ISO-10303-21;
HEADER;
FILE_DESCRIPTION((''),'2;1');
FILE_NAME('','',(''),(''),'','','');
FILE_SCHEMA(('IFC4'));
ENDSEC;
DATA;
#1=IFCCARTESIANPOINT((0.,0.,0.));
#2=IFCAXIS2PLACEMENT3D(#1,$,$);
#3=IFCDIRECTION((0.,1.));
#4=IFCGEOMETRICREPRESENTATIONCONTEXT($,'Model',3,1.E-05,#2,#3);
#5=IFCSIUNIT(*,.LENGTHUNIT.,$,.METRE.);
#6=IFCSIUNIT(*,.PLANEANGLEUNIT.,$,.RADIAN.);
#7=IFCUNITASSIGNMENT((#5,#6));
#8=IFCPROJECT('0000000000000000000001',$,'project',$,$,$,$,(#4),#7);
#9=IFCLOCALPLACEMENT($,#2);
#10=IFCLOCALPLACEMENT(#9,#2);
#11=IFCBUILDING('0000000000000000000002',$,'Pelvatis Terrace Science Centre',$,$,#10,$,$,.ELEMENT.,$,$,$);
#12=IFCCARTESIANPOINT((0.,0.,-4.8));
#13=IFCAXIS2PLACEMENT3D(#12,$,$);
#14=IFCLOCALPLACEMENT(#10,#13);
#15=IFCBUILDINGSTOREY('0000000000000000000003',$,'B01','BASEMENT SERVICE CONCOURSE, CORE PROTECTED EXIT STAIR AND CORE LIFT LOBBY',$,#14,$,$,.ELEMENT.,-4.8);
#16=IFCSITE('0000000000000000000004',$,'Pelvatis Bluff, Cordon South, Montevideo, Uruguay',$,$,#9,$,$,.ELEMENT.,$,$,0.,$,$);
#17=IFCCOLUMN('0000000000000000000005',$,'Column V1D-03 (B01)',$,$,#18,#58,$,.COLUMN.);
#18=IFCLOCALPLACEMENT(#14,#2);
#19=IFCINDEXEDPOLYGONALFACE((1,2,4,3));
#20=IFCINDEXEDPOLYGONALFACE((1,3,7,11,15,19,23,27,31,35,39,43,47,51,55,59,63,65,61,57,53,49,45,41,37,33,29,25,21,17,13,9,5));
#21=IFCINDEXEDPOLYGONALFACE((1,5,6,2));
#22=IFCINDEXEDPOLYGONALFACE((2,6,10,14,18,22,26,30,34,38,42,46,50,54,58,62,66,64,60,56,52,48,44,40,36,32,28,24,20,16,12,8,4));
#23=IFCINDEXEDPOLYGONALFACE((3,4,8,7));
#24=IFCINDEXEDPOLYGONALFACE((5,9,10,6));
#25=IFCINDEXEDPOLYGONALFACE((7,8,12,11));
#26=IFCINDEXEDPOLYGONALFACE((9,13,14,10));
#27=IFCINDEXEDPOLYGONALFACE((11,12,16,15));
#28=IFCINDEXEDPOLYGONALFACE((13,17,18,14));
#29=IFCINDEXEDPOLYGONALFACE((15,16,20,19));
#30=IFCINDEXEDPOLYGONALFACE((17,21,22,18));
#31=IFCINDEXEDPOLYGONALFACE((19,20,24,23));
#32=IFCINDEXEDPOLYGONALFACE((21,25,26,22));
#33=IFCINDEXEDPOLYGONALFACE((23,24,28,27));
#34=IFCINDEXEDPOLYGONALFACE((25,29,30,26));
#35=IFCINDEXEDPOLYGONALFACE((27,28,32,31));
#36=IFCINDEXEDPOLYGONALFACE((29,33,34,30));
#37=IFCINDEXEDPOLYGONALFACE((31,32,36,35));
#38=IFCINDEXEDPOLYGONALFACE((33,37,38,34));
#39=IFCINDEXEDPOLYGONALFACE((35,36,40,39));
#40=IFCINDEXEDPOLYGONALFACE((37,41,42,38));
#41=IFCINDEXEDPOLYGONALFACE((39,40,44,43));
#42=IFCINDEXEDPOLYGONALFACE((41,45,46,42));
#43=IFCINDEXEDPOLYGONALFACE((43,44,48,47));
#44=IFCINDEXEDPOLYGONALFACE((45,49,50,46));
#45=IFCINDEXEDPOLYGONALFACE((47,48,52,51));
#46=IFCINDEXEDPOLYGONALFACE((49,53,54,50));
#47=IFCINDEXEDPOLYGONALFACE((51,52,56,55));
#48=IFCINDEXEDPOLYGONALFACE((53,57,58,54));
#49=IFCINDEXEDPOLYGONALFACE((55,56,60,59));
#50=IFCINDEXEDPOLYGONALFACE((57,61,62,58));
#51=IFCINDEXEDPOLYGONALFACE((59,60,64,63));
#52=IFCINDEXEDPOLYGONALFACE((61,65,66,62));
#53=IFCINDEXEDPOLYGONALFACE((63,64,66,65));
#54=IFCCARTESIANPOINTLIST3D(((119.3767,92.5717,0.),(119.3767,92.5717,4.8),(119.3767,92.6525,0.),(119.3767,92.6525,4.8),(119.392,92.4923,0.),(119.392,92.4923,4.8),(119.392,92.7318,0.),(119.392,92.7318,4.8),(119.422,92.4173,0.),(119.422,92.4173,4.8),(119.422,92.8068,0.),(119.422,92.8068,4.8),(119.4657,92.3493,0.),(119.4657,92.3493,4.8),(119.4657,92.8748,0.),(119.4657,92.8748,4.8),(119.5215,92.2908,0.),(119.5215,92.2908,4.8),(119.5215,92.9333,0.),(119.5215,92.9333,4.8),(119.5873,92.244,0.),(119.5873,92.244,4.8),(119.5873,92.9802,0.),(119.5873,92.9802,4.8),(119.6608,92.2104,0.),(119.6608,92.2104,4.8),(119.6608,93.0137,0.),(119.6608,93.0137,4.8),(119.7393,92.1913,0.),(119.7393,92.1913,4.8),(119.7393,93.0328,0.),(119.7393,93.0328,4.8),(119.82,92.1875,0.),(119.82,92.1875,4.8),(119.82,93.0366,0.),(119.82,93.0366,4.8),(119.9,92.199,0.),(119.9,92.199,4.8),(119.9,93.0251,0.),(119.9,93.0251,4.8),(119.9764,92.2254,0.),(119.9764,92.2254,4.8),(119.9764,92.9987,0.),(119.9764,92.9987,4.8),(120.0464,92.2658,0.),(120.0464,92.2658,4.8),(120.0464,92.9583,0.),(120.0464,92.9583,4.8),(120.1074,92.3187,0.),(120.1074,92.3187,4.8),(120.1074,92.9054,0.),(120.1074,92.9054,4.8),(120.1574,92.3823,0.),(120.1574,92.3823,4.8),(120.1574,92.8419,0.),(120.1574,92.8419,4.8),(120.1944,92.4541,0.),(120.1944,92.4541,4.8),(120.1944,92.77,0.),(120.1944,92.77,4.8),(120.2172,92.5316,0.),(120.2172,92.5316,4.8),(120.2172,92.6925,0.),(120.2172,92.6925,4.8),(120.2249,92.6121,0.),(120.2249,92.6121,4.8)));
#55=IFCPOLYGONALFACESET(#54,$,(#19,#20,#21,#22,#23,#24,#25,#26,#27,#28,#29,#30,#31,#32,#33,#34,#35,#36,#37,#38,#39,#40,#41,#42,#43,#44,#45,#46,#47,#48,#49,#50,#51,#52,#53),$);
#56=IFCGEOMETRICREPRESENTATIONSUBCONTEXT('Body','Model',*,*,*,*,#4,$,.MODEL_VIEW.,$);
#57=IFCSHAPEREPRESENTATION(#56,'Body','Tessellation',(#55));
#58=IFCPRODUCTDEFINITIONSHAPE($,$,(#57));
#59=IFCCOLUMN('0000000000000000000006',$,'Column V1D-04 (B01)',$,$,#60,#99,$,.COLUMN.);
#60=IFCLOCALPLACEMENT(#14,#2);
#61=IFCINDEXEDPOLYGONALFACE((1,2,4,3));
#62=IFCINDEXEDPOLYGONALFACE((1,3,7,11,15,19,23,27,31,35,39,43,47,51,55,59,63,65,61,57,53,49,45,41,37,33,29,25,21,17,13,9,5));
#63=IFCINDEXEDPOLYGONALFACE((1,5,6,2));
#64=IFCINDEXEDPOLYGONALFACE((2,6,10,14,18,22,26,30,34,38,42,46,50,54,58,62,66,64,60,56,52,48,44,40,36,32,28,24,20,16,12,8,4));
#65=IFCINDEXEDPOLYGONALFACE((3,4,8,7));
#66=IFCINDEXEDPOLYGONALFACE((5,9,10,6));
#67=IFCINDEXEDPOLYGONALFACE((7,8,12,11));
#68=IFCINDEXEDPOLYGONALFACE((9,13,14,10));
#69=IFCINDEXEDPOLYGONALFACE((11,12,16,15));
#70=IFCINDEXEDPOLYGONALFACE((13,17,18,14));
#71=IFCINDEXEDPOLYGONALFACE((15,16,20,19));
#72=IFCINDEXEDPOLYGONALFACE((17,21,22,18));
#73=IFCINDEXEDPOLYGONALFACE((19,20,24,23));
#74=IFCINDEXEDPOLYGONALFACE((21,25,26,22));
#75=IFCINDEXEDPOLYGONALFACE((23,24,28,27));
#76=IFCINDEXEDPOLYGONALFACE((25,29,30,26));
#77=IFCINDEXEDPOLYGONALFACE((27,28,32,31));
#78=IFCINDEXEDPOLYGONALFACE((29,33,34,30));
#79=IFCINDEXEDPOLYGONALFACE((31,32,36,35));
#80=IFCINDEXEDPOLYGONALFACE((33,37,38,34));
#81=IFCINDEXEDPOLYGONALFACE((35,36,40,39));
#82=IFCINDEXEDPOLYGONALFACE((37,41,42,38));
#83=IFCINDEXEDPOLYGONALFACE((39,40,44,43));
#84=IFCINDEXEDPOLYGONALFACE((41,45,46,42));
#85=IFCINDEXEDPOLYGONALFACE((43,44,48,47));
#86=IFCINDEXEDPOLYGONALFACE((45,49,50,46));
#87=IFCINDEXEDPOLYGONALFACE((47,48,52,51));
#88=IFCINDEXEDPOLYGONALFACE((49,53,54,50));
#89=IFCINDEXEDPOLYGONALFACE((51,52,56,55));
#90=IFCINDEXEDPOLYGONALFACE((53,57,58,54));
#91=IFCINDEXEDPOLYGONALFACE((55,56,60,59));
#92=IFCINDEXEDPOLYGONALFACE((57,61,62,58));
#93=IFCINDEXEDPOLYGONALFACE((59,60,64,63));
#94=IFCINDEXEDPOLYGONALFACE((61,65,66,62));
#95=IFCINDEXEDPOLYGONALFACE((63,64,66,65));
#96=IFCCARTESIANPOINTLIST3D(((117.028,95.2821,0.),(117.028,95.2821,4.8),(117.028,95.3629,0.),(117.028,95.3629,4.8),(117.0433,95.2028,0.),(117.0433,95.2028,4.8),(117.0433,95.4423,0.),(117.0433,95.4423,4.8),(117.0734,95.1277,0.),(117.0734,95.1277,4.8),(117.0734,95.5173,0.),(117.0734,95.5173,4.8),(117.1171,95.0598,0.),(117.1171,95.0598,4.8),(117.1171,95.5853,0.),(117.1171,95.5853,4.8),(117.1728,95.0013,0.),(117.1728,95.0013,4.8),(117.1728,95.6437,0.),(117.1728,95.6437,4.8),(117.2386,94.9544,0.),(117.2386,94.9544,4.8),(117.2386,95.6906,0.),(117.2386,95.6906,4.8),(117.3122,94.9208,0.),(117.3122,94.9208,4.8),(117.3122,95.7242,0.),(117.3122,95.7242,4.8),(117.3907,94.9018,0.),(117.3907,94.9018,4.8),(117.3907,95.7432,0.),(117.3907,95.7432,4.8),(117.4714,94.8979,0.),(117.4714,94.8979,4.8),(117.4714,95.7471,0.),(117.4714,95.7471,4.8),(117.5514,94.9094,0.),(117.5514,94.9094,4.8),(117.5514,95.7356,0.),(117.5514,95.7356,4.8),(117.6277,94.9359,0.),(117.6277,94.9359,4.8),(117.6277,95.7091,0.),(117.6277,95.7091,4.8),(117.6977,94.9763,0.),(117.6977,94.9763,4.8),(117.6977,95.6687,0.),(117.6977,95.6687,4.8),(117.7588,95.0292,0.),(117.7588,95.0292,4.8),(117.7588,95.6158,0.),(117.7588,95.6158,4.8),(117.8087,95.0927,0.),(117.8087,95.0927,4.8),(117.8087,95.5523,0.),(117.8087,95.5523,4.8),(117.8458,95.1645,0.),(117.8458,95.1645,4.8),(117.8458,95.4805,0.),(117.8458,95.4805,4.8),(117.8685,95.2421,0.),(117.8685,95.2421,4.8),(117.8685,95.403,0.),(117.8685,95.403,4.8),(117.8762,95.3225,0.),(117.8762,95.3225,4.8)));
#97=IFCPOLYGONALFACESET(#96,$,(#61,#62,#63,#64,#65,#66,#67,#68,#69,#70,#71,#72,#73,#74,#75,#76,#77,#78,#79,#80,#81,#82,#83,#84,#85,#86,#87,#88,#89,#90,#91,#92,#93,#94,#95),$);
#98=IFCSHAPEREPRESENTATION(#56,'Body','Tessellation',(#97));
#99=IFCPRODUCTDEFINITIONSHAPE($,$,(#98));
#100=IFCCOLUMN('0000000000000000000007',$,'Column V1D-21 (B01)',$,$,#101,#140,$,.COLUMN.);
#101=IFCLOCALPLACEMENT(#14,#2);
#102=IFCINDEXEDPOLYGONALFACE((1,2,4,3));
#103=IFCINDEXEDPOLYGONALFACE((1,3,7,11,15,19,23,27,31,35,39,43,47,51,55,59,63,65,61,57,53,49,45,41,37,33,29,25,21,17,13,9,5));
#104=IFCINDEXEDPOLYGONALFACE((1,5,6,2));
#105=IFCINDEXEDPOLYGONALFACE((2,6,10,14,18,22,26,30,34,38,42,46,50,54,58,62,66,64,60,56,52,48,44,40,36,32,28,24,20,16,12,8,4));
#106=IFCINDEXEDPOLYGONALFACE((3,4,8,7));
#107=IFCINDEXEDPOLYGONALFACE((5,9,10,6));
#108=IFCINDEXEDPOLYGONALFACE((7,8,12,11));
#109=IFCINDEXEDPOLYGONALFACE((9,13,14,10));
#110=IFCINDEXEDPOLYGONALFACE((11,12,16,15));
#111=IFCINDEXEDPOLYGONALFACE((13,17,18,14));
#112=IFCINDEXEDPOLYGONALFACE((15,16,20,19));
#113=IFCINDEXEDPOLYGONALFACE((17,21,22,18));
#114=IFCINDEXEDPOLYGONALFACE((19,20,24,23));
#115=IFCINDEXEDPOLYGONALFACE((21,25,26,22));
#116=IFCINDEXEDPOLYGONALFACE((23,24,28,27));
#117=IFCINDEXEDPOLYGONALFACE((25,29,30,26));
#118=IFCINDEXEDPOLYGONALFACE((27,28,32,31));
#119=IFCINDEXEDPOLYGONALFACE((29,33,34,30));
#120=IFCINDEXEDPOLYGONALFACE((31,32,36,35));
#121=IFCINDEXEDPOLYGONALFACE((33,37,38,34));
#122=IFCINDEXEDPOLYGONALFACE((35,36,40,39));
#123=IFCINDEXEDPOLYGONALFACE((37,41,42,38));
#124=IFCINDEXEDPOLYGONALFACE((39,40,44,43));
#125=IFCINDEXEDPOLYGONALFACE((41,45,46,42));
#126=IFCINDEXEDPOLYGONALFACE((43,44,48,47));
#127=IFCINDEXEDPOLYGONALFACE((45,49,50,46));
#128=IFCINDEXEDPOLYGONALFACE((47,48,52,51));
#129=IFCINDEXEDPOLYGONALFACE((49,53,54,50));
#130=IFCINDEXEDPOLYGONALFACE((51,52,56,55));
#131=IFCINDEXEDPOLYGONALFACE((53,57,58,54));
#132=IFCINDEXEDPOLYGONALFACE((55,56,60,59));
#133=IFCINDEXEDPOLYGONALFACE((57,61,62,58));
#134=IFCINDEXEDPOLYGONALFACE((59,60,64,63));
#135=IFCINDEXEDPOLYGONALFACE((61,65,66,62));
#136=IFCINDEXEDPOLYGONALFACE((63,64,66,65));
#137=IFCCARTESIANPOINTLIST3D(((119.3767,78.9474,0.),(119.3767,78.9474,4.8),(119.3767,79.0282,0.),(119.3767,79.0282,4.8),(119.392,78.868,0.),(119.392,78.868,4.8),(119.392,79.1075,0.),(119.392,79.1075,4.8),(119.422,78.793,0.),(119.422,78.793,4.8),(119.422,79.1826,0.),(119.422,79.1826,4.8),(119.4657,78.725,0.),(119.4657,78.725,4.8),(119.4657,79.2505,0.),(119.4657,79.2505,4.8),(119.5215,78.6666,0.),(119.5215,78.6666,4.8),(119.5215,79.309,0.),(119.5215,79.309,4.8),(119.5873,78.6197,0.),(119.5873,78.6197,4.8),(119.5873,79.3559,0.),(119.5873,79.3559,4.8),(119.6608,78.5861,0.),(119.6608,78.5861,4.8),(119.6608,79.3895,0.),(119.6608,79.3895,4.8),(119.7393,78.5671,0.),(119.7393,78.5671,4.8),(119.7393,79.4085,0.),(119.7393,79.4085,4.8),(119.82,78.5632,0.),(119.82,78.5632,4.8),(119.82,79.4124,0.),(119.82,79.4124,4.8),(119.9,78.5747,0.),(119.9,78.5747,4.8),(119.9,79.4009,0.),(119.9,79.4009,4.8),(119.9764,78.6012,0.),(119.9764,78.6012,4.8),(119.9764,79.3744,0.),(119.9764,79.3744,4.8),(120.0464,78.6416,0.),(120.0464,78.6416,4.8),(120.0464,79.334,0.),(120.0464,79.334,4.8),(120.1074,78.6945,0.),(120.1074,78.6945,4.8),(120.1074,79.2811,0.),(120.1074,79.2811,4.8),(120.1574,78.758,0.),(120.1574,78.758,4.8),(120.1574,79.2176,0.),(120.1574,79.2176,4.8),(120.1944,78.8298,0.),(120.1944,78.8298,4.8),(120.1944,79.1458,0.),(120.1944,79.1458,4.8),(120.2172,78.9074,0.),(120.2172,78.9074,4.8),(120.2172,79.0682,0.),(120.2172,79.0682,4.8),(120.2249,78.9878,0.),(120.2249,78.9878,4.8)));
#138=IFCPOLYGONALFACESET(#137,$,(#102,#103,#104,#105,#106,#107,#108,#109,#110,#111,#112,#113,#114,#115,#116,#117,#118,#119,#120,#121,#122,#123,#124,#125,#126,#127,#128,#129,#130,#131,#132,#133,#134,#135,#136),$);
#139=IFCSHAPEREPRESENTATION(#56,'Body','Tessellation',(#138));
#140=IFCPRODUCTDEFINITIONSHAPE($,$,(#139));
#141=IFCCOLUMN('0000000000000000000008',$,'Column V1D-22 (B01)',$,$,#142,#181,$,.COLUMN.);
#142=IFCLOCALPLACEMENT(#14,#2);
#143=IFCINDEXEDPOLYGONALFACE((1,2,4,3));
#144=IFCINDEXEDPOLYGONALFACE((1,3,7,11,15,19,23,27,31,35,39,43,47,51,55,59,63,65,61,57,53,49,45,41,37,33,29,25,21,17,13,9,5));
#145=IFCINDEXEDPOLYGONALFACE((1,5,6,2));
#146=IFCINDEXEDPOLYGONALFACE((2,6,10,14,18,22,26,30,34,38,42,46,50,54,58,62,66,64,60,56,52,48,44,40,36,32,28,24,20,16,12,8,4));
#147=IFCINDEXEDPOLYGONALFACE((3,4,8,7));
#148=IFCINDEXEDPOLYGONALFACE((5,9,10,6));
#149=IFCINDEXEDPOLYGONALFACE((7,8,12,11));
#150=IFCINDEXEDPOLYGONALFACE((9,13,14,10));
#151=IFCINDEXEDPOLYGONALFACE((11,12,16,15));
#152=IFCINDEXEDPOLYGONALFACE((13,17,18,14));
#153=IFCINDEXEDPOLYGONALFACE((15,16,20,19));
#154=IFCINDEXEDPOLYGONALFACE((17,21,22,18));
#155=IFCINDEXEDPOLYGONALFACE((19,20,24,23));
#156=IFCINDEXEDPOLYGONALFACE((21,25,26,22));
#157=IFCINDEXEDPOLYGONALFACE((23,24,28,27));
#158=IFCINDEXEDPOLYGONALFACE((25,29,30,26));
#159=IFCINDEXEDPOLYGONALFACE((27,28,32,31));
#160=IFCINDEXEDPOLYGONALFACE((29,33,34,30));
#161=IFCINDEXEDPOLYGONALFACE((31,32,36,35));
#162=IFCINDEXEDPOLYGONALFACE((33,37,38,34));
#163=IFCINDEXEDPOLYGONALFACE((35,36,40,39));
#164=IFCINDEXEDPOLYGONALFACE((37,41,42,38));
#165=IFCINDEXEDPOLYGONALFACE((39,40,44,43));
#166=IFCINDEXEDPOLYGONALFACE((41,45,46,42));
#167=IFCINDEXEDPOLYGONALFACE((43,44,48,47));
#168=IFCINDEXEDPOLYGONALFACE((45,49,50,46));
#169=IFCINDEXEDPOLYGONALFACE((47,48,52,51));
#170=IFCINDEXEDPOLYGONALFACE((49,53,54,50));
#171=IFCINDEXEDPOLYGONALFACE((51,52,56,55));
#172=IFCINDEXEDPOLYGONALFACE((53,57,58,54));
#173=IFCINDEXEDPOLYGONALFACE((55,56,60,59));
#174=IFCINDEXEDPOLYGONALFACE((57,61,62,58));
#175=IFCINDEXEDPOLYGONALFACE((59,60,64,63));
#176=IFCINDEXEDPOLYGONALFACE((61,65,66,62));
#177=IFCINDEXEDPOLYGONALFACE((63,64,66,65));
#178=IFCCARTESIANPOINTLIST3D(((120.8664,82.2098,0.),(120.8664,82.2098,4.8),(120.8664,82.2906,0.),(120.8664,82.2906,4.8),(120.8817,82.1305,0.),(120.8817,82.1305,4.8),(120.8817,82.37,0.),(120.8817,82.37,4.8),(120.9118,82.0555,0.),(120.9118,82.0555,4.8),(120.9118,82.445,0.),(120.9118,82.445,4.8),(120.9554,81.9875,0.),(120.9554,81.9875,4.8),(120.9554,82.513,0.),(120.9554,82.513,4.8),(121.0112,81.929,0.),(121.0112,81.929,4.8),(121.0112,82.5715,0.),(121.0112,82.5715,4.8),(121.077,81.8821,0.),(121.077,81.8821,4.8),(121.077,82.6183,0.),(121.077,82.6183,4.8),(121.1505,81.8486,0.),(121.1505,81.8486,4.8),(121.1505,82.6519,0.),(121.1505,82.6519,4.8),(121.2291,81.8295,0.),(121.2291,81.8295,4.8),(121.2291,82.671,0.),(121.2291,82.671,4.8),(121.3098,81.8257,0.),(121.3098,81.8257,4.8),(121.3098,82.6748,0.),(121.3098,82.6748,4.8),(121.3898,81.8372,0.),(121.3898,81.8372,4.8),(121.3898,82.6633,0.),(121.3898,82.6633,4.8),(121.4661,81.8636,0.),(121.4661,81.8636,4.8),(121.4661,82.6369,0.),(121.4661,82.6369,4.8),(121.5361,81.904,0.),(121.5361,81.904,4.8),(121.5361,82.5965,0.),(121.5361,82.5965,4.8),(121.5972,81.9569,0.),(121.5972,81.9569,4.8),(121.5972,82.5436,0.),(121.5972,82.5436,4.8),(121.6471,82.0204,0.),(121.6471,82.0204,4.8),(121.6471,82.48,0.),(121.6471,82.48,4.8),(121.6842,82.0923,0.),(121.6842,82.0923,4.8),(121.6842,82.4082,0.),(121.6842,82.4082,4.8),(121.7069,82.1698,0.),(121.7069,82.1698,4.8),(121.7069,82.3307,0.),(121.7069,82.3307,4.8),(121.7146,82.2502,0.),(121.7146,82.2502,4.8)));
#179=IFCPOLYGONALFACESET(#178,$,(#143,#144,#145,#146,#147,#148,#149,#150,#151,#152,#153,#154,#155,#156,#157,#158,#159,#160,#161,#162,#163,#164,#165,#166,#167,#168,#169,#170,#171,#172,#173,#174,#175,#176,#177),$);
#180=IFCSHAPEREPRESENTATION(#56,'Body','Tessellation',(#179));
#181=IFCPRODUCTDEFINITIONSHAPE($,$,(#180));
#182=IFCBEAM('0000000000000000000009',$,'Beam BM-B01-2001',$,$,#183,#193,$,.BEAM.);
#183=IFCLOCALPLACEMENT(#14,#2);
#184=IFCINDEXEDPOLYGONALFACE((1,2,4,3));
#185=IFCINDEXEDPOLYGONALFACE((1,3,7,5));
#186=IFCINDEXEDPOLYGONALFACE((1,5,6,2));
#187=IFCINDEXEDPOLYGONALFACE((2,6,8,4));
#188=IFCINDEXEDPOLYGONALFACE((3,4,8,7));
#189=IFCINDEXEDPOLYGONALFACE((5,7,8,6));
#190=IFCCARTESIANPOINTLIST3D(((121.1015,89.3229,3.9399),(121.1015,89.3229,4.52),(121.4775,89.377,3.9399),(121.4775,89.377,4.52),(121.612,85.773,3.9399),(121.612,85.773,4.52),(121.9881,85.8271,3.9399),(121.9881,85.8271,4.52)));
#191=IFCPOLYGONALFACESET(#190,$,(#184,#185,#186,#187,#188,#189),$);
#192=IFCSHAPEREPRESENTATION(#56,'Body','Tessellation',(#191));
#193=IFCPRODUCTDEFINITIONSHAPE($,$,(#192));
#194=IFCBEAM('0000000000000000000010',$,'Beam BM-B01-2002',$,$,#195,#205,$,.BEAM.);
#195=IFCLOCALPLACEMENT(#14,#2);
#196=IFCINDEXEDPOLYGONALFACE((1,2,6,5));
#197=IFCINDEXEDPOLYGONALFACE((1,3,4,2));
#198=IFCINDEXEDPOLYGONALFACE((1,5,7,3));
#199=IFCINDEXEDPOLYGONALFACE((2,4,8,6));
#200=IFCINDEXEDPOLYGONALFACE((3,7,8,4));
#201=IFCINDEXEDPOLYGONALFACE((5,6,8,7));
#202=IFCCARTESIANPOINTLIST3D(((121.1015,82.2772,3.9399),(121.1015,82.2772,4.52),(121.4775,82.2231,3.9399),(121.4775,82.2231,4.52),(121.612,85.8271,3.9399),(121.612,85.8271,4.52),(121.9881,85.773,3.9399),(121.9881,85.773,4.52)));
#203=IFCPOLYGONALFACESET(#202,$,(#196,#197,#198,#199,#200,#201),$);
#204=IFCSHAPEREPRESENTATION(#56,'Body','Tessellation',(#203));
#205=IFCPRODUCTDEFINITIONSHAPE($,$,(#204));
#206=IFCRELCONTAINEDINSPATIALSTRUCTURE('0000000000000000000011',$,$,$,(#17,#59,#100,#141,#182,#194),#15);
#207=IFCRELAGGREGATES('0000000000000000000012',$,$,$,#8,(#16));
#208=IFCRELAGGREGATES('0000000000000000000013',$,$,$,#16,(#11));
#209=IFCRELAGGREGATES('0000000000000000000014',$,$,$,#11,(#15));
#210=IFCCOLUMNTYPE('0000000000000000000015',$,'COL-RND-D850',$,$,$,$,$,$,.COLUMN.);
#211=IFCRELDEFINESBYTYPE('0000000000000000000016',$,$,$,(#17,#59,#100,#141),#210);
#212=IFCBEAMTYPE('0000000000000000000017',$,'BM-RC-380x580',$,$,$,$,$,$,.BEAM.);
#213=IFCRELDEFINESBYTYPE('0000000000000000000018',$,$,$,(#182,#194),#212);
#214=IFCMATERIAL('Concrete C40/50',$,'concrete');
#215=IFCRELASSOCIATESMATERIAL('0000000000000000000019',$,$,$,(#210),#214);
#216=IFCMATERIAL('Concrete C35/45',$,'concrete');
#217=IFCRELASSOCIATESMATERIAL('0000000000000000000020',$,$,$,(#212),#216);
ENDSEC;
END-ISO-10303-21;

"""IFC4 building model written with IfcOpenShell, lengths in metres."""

from ifc_helpers import new_model, si_unit, direction, frame, origin, origin_2d, place, context, subcontext, project, spatial, rectangle, circle, extrude, material, material_profile, profile_set, type_object, element, save


model = new_model("IFC4")

# Units and contexts
model_context = context("Model", 3, precision=1e-05, world=origin(), true_north=direction((0.0, 1.0)))
body_context = subcontext(model_context, "Body", "Model", "MODEL_VIEW")
ifc_project = project(units=[si_unit("LENGTHUNIT", "METRE"), si_unit("PLANEANGLEUNIT", "RADIAN")], contexts=[model_context])

# Site, building, storey
site_placement = place(None, origin())
site = spatial("IfcSite", under=ifc_project, at=site_placement, Name="Pelvatis Bluff, Cordon South, Montevideo, Uruguay", CompositionType="ELEMENT", RefElevation=0.0)
building_placement = place(site_placement, origin())
building = spatial("IfcBuilding", under=site, at=building_placement, Name="Pelvatis Terrace Science Centre", CompositionType="ELEMENT")
storey_placement = place(building_placement, frame((0.0, 0.0, -4.8)))
storey = spatial("IfcBuildingStorey", under=building, at=storey_placement, Name="B01", Description="BASEMENT SERVICE CONCOURSE, CORE PROTECTED EXIT STAIR AND CORE LIFT LOBBY", CompositionType="ELEMENT", Elevation=-4.8)

# Columns
ifc_material_1 = material(Name="Concrete C40/50", Category="concrete")
ifc_material_profile_1 = material_profile(ifc_material_1, circle(Radius=0.425, at=origin_2d()), Name="RC-RCOL D850")
ifc_profile_set_1 = profile_set([ifc_material_profile_1], Name="Concrete C40/50")
column_type_1 = type_object("IfcColumnType", Name="COL-RND-D850", PredefinedType="COLUMN", material=ifc_profile_set_1)
for number, where, z_axis, x_axis, name in (
    (1, (119.7998, 92.6121, 0.0), (0.0, 0.0, 1.0), (1.0, 0.0, 0.0), "Column V1D-03 (B01)"),
    (2, (117.4512, 95.3225, 0.0), (0.0, 0.0, 1.0), (1.0, 0.0, 0.0), "Column V1D-04 (B01)"),
    (3, (119.7998, 78.9878, 0.0), (0.0, 0.0, 1.0), (1.0, 0.0, 0.0), "Column V1D-21 (B01)"),
    (4, (121.2896, 82.2502, 0.0), (0.0, 0.0, 1.0), (1.0, 0.0, 0.0), "Column V1D-22 (B01)"),
):
    element("IfcColumn", number, at=place(storey_placement, frame(where, z_axis=z_axis, x_axis=x_axis)), inside=storey, type_object=column_type_1, Name=name, PredefinedType="COLUMN", context=body_context, shape_type="SweptSolid", body=[
        extrude(circle(Radius=0.425, at=origin_2d()), origin(), (0.0, 0.0, 1.0), 4.8),
    ])

# Beams
ifc_material_2 = material(Name="Concrete C35/45", Category="concrete")
ifc_material_profile_2 = material_profile(ifc_material_2, rectangle(XDim=0.3799, YDim=0.5801, at=origin_2d()), Name="RC-BM 380x580")
ifc_profile_set_2 = profile_set([ifc_material_profile_2], Name="Concrete C35/45")
beam_type_1 = type_object("IfcBeamType", Name="BM-RC-380x580", PredefinedType="BEAM", material=ifc_profile_set_2)
for number, where, z_axis, x_axis, name in (
    (5, (121.8, 85.8, 4.23), (-0.142346, 0.989817, 0.0), (-0.989817, -0.142346, 0.0), "Beam BM-B01-2001"),
    (6, (121.8, 85.8, 4.23), (-0.142346, -0.989817, 0.0), (0.989817, -0.142346, 0.0), "Beam BM-B01-2002"),
):
    element("IfcBeam", number, at=place(storey_placement, frame(where, z_axis=z_axis, x_axis=x_axis)), inside=storey, type_object=beam_type_1, Name=name, PredefinedType="BEAM", context=body_context, shape_type="SweptSolid", body=[
        extrude(rectangle(XDim=0.3799, YDim=0.5801, at=origin_2d()), origin(), (0.0, 0.0, 1.0), 3.5864),
    ])

save(model, "model.ifc")
